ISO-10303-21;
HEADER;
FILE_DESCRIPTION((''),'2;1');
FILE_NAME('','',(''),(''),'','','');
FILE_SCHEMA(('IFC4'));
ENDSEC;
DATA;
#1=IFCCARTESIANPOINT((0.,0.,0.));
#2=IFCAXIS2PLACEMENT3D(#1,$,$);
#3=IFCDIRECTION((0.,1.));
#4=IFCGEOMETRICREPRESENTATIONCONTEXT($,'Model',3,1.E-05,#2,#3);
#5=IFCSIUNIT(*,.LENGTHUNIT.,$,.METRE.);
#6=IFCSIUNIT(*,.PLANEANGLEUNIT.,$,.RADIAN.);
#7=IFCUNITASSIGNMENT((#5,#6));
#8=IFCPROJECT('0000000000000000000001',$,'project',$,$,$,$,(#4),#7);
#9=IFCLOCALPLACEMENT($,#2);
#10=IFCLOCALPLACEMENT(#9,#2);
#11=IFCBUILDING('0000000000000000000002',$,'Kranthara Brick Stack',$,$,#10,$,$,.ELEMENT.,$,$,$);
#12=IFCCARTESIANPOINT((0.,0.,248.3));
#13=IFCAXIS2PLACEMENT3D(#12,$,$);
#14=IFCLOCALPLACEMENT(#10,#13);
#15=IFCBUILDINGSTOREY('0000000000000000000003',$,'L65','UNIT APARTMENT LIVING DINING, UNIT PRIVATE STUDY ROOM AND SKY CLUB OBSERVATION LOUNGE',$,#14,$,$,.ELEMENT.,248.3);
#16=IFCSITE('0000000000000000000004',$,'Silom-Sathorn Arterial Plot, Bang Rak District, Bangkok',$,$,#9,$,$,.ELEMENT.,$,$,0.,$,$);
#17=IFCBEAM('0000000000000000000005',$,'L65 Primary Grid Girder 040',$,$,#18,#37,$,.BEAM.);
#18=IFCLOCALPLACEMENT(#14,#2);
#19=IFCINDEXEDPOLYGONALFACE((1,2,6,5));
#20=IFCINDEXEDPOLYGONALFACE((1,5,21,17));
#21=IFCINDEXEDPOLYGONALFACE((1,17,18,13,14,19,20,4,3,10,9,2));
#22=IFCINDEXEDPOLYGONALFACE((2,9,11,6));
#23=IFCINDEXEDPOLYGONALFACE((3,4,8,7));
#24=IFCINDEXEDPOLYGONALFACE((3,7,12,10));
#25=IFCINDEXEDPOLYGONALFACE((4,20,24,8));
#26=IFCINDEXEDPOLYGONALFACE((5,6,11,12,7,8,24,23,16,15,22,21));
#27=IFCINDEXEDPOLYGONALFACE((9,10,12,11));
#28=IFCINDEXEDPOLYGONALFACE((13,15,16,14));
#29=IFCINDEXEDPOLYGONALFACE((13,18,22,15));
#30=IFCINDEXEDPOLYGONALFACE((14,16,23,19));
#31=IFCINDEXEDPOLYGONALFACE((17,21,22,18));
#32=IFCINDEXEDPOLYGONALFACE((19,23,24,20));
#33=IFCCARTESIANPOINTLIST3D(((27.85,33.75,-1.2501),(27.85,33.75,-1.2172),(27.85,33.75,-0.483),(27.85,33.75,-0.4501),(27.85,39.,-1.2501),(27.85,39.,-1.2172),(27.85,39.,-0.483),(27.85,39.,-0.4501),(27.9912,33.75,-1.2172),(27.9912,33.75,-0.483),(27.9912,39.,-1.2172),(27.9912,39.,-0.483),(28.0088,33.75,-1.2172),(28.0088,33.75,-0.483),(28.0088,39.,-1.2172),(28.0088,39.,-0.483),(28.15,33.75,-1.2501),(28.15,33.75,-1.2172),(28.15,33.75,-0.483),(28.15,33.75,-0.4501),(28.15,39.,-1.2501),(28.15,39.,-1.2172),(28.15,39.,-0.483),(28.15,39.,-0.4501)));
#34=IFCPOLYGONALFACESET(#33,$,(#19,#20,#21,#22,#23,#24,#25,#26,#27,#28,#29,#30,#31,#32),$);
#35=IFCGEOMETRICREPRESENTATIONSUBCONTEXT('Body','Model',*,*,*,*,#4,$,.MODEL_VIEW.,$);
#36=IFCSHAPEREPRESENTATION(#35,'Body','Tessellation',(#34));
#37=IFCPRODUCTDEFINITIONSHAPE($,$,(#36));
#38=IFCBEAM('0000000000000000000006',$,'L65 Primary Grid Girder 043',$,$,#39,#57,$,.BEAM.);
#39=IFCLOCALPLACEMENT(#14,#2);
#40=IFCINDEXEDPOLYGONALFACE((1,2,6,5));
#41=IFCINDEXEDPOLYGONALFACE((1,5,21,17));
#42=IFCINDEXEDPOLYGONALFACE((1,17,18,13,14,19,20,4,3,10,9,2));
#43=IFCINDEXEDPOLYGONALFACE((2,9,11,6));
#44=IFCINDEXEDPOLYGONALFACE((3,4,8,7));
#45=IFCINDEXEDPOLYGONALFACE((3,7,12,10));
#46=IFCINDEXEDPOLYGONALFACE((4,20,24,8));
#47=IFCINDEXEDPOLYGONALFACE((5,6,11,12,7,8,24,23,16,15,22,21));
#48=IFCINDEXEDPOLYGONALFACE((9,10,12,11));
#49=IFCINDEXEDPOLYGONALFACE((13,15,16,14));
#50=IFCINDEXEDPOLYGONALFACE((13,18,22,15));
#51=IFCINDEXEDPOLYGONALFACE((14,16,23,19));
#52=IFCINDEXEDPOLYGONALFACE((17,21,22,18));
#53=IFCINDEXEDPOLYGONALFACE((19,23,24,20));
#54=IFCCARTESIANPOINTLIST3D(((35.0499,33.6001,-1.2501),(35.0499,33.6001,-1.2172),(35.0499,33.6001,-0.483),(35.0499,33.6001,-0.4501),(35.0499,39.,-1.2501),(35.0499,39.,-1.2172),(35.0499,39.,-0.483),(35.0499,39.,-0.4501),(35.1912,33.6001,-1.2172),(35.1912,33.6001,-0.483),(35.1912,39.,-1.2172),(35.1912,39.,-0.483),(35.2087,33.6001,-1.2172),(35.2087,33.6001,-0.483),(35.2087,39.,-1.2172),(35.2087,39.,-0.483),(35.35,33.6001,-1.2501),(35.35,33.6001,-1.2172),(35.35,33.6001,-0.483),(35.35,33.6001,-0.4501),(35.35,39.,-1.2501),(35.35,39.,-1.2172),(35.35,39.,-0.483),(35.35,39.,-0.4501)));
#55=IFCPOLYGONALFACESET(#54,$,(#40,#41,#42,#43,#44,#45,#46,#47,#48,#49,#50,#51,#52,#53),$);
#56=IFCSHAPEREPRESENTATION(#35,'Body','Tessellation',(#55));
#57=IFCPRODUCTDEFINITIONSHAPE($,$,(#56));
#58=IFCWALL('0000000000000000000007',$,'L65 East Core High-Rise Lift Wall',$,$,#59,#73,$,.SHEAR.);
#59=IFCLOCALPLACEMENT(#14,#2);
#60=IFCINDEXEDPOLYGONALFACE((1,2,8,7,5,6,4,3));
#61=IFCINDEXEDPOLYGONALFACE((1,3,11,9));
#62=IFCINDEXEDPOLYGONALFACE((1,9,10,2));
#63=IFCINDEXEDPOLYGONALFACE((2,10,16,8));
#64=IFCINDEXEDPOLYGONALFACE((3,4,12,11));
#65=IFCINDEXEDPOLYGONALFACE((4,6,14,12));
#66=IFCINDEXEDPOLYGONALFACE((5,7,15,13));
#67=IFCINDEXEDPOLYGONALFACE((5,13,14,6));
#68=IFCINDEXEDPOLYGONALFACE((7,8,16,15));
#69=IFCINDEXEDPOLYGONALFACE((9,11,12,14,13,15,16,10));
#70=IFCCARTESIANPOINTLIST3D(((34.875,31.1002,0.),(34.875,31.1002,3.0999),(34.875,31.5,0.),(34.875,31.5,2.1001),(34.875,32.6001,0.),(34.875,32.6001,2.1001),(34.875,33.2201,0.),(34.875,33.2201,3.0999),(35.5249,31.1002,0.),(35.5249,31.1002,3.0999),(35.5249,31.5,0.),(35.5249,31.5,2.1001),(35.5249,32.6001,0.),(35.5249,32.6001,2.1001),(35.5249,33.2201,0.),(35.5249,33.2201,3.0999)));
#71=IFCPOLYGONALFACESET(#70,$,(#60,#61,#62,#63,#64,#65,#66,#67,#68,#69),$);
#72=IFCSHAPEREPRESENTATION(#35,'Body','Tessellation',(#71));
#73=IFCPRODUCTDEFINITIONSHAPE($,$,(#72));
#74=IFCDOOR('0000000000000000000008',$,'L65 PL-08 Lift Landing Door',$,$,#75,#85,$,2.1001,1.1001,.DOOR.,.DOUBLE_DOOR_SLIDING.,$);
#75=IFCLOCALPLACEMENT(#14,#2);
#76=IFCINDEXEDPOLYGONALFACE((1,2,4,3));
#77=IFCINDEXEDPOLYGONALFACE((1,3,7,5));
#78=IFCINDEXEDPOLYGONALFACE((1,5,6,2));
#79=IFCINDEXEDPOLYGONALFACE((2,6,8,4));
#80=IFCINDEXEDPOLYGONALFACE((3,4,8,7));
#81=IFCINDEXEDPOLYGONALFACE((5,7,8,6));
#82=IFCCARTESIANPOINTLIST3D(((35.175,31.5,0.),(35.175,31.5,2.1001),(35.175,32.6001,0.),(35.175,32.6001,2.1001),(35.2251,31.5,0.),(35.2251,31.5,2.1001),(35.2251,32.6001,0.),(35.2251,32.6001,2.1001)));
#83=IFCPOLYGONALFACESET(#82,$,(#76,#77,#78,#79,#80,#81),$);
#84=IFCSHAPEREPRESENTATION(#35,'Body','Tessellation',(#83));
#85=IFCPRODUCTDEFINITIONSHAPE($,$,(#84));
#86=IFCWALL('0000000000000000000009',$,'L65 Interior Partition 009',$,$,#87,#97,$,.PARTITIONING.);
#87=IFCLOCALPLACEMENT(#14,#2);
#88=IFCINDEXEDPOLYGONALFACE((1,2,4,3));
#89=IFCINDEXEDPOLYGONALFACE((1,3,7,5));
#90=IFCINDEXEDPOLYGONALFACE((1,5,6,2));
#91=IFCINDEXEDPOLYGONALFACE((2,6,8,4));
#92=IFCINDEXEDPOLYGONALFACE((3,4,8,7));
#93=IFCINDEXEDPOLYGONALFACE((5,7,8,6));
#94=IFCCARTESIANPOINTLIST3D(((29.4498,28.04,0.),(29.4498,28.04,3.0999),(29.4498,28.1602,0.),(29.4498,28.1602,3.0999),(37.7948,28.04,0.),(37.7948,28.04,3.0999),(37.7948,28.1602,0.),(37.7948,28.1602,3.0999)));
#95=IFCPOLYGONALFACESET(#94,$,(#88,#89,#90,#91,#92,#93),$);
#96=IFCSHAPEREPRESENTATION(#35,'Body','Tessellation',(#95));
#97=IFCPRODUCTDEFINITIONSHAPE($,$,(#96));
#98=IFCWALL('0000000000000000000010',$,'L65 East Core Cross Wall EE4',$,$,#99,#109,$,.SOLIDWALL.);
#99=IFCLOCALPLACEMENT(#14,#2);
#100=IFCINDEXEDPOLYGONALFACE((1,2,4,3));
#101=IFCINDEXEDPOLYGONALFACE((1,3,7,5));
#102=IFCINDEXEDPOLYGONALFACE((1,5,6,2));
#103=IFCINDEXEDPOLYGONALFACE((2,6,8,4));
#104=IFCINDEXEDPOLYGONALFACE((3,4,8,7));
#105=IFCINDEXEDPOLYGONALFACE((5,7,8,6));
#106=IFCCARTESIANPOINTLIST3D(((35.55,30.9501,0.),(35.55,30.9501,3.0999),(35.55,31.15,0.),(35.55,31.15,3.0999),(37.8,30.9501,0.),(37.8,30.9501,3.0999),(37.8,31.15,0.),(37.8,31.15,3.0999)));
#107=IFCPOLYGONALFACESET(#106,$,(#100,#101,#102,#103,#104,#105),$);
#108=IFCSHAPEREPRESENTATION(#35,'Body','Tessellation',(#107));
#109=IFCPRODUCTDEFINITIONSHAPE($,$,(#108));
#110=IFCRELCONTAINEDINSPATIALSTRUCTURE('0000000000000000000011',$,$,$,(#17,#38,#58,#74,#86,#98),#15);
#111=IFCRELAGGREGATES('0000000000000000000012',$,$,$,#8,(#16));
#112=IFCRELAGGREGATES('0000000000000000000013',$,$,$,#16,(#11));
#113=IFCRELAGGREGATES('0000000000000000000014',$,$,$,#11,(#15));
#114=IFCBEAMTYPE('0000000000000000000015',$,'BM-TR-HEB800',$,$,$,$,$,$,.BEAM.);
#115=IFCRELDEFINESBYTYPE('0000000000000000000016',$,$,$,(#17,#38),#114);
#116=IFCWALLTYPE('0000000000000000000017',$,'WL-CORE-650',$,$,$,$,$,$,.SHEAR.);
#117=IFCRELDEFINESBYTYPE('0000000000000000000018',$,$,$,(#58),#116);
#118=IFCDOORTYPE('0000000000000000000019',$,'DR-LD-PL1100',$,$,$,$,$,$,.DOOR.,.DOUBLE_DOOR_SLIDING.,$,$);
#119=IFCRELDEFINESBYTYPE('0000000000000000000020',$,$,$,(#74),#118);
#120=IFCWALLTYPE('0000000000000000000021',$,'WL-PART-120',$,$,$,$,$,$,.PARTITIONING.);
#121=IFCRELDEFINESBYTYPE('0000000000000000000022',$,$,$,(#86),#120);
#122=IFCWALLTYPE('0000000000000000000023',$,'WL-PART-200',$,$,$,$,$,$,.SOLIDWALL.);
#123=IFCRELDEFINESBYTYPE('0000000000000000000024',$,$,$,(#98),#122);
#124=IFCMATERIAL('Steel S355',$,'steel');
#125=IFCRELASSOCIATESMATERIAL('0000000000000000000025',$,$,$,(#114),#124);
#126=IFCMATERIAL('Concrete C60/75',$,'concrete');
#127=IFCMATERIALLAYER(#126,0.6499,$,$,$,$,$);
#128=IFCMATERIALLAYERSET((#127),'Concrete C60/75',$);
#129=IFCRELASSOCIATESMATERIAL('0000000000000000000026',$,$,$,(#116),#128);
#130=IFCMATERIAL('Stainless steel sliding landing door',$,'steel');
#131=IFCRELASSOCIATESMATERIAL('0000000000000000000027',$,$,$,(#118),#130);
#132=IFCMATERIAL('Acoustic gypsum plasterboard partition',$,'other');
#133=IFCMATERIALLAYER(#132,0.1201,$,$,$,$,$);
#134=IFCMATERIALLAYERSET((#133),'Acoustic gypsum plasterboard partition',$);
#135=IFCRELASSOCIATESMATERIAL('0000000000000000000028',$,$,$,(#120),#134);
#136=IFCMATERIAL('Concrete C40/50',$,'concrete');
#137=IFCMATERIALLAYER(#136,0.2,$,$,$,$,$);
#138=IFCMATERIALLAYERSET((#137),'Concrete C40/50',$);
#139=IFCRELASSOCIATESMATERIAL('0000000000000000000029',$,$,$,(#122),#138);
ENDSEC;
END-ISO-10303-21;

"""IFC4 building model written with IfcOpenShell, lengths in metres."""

from ifc_helpers import new_model, si_unit, direction, frame, frame_2d, origin, origin_2d, place, context, subcontext, project, spatial, rectangle, i_section, extrude, material, layer, layer_set, material_profile, profile_set, type_object, element, fill, save


model = new_model("IFC4")

# Units and contexts
model_context = context("Model", 3, precision=1e-05, world=origin(), true_north=direction((0.0, 1.0)))
body_context = subcontext(model_context, "Body", "Model", "MODEL_VIEW")
ifc_project = project(units=[si_unit("LENGTHUNIT", "METRE"), si_unit("PLANEANGLEUNIT", "RADIAN")], contexts=[model_context])

# Site, building, storey
site_placement = place(None, origin())
site = spatial("IfcSite", under=ifc_project, at=site_placement, Name="Silom-Sathorn Arterial Plot, Bang Rak District, Bangkok", CompositionType="ELEMENT", RefElevation=0.0)
building_placement = place(site_placement, origin())
building = spatial("IfcBuilding", under=site, at=building_placement, Name="Kranthara Brick Stack", CompositionType="ELEMENT")
storey_placement = place(building_placement, frame((0.0, 0.0, 248.3)))
storey = spatial("IfcBuildingStorey", under=building, at=storey_placement, Name="L65", Description="UNIT APARTMENT LIVING DINING, UNIT PRIVATE STUDY ROOM AND SKY CLUB OBSERVATION LOUNGE", CompositionType="ELEMENT", Elevation=248.3)

# Beams
ifc_material_1 = material(Name="Steel S355", Category="steel")
ifc_material_profile_1 = material_profile(ifc_material_1, i_section(OverallWidth=0.3, OverallDepth=0.8, WebThickness=0.0176, FlangeThickness=0.033, at=origin_2d()), Name="HEB 800")
ifc_profile_set_1 = profile_set([ifc_material_profile_1], Name="Steel S355")
beam_type_1 = type_object("IfcBeamType", Name="BM-TR-HEB800", PredefinedType="BEAM", material=ifc_profile_set_1)
beam_1_placement = place(storey_placement, frame((28.0, 33.75, -0.8501), z_axis=(0.0, 1.0, 0.0), x_axis=(-1.0, 0.0, 0.0)))
element("IfcBeam", 1, at=beam_1_placement, inside=storey, type_object=beam_type_1, Name="L65 Primary Grid Girder 040", PredefinedType="BEAM", context=body_context, shape_type="SweptSolid", body=[
    extrude(i_section(OverallWidth=0.3, OverallDepth=0.8, WebThickness=0.0176, FlangeThickness=0.033, at=origin_2d()), origin(), (0.0, 0.0, 1.0), 5.25),
])
beam_2_placement = place(storey_placement, frame((35.2, 33.6001, -0.8501), z_axis=(0.0, 1.0, 0.0), x_axis=(-1.0, 0.0, 0.0)))
element("IfcBeam", 2, at=beam_2_placement, inside=storey, type_object=beam_type_1, Name="L65 Primary Grid Girder 043", PredefinedType="BEAM", context=body_context, shape_type="SweptSolid", body=[
    extrude(i_section(OverallWidth=0.3, OverallDepth=0.8, WebThickness=0.0176, FlangeThickness=0.033, at=origin_2d()), origin(), (0.0, 0.0, 1.0), 5.3999),
])

# Shared definitions
ifc_material_2 = material(Name="Concrete C60/75", Category="concrete")
ifc_layer_1 = layer(ifc_material_2, 0.6499)
ifc_layer_set_1 = layer_set([ifc_layer_1], Name="Concrete C60/75")
wall_type_1 = type_object("IfcWallType", Name="WL-CORE-650", PredefinedType="SHEAR", material=ifc_layer_set_1)

# Wall, opening, door
wall_1_placement = place(storey_placement, frame((35.2, 31.1001, 0.0), z_axis=(0.0, 0.0, 1.0), x_axis=(0.0, 1.0, 0.0)))
wall_1 = element("IfcWall", 3, at=wall_1_placement, inside=storey, type_object=wall_type_1, Name="L65 East Core High-Rise Lift Wall", PredefinedType="SHEAR", context=body_context, shape_type="SweptSolid", body=[
    extrude(rectangle(XDim=2.1199, YDim=0.6499, at=frame_2d((1.0601, 0.0))), origin(), (0.0, 0.0, 1.0), 3.0999),
])
opening_1_placement = place(wall_1_placement, frame((0.3999, 0.0, 0.0)))
opening_1 = element("IfcOpeningElement", 4, at=opening_1_placement, cuts=wall_1, PredefinedType="OPENING", context=body_context, shape_type="SweptSolid", body=[
    extrude(rectangle(XDim=1.1001, YDim=2.1001, at=frame_2d((0.55, 1.05))), frame((0.0, 0.335, 0.0), z_axis=(0.0, -1.0, 0.0), x_axis=(1.0, 0.0, 0.0)), (0.0, 0.0, 1.0), 0.6699),
])
ifc_material_3 = material(Name="Stainless steel sliding landing door", Category="steel")
door_type_1 = type_object("IfcDoorType", Name="DR-LD-PL1100", OperationType="DOUBLE_DOOR_SLIDING", PredefinedType="DOOR", material=ifc_material_3)
door_1_placement = place(opening_1_placement, origin())
door_1 = element("IfcDoor", 5, at=door_1_placement, inside=storey, type_object=door_type_1, Name="L65 PL-08 Lift Landing Door", OperationType="DOUBLE_DOOR_SLIDING", OverallHeight=2.1001, OverallWidth=1.1001, PredefinedType="DOOR", context=body_context, shape_type="SweptSolid", body=[
    extrude(rectangle(XDim=1.1001, YDim=2.1001, at=frame_2d((0.55, 1.05))), frame((0.0, 0.0249, 0.0), z_axis=(0.0, -1.0, 0.0), x_axis=(1.0, 0.0, 0.0)), (0.0, 0.0, 1.0), 0.05),
])
fill(opening_1, door_1)

# Walls
ifc_material_4 = material(Name="Acoustic gypsum plasterboard partition", Category="other")
ifc_layer_2 = layer(ifc_material_4, 0.1201)
ifc_layer_set_2 = layer_set([ifc_layer_2], Name="Acoustic gypsum plasterboard partition")
wall_type_2 = type_object("IfcWallType", Name="WL-PART-120", PredefinedType="PARTITIONING", material=ifc_layer_set_2)
wall_2_placement = place(storey_placement, frame((29.45, 28.1001, 0.0), z_axis=(0.0, 0.0, 1.0), x_axis=(1.0, 0.0, 0.0)))
element("IfcWall", 6, at=wall_2_placement, inside=storey, type_object=wall_type_2, Name="L65 Interior Partition 009", PredefinedType="PARTITIONING", context=body_context, shape_type="SweptSolid", body=[
    extrude(rectangle(XDim=8.345, YDim=0.1201, at=frame_2d((4.1724, 0.0))), origin(), (0.0, 0.0, 1.0), 3.0999),
])
ifc_material_5 = material(Name="Concrete C40/50", Category="concrete")
ifc_layer_3 = layer(ifc_material_5, 0.2)
ifc_layer_set_3 = layer_set([ifc_layer_3], Name="Concrete C40/50")
wall_type_3 = type_object("IfcWallType", Name="WL-PART-200", PredefinedType="SOLIDWALL", material=ifc_layer_set_3)
wall_3_placement = place(storey_placement, frame((35.55, 31.05, 0.0), z_axis=(0.0, 0.0, 1.0), x_axis=(1.0, 0.0, 0.0)))
element("IfcWall", 7, at=wall_3_placement, inside=storey, type_object=wall_type_3, Name="L65 East Core Cross Wall EE4", PredefinedType="SOLIDWALL", context=body_context, shape_type="SweptSolid", body=[
    extrude(rectangle(XDim=2.25, YDim=0.2, at=frame_2d((1.125, 0.0))), origin(), (0.0, 0.0, 1.0), 3.0999),
])

save(model, "model.ifc")
